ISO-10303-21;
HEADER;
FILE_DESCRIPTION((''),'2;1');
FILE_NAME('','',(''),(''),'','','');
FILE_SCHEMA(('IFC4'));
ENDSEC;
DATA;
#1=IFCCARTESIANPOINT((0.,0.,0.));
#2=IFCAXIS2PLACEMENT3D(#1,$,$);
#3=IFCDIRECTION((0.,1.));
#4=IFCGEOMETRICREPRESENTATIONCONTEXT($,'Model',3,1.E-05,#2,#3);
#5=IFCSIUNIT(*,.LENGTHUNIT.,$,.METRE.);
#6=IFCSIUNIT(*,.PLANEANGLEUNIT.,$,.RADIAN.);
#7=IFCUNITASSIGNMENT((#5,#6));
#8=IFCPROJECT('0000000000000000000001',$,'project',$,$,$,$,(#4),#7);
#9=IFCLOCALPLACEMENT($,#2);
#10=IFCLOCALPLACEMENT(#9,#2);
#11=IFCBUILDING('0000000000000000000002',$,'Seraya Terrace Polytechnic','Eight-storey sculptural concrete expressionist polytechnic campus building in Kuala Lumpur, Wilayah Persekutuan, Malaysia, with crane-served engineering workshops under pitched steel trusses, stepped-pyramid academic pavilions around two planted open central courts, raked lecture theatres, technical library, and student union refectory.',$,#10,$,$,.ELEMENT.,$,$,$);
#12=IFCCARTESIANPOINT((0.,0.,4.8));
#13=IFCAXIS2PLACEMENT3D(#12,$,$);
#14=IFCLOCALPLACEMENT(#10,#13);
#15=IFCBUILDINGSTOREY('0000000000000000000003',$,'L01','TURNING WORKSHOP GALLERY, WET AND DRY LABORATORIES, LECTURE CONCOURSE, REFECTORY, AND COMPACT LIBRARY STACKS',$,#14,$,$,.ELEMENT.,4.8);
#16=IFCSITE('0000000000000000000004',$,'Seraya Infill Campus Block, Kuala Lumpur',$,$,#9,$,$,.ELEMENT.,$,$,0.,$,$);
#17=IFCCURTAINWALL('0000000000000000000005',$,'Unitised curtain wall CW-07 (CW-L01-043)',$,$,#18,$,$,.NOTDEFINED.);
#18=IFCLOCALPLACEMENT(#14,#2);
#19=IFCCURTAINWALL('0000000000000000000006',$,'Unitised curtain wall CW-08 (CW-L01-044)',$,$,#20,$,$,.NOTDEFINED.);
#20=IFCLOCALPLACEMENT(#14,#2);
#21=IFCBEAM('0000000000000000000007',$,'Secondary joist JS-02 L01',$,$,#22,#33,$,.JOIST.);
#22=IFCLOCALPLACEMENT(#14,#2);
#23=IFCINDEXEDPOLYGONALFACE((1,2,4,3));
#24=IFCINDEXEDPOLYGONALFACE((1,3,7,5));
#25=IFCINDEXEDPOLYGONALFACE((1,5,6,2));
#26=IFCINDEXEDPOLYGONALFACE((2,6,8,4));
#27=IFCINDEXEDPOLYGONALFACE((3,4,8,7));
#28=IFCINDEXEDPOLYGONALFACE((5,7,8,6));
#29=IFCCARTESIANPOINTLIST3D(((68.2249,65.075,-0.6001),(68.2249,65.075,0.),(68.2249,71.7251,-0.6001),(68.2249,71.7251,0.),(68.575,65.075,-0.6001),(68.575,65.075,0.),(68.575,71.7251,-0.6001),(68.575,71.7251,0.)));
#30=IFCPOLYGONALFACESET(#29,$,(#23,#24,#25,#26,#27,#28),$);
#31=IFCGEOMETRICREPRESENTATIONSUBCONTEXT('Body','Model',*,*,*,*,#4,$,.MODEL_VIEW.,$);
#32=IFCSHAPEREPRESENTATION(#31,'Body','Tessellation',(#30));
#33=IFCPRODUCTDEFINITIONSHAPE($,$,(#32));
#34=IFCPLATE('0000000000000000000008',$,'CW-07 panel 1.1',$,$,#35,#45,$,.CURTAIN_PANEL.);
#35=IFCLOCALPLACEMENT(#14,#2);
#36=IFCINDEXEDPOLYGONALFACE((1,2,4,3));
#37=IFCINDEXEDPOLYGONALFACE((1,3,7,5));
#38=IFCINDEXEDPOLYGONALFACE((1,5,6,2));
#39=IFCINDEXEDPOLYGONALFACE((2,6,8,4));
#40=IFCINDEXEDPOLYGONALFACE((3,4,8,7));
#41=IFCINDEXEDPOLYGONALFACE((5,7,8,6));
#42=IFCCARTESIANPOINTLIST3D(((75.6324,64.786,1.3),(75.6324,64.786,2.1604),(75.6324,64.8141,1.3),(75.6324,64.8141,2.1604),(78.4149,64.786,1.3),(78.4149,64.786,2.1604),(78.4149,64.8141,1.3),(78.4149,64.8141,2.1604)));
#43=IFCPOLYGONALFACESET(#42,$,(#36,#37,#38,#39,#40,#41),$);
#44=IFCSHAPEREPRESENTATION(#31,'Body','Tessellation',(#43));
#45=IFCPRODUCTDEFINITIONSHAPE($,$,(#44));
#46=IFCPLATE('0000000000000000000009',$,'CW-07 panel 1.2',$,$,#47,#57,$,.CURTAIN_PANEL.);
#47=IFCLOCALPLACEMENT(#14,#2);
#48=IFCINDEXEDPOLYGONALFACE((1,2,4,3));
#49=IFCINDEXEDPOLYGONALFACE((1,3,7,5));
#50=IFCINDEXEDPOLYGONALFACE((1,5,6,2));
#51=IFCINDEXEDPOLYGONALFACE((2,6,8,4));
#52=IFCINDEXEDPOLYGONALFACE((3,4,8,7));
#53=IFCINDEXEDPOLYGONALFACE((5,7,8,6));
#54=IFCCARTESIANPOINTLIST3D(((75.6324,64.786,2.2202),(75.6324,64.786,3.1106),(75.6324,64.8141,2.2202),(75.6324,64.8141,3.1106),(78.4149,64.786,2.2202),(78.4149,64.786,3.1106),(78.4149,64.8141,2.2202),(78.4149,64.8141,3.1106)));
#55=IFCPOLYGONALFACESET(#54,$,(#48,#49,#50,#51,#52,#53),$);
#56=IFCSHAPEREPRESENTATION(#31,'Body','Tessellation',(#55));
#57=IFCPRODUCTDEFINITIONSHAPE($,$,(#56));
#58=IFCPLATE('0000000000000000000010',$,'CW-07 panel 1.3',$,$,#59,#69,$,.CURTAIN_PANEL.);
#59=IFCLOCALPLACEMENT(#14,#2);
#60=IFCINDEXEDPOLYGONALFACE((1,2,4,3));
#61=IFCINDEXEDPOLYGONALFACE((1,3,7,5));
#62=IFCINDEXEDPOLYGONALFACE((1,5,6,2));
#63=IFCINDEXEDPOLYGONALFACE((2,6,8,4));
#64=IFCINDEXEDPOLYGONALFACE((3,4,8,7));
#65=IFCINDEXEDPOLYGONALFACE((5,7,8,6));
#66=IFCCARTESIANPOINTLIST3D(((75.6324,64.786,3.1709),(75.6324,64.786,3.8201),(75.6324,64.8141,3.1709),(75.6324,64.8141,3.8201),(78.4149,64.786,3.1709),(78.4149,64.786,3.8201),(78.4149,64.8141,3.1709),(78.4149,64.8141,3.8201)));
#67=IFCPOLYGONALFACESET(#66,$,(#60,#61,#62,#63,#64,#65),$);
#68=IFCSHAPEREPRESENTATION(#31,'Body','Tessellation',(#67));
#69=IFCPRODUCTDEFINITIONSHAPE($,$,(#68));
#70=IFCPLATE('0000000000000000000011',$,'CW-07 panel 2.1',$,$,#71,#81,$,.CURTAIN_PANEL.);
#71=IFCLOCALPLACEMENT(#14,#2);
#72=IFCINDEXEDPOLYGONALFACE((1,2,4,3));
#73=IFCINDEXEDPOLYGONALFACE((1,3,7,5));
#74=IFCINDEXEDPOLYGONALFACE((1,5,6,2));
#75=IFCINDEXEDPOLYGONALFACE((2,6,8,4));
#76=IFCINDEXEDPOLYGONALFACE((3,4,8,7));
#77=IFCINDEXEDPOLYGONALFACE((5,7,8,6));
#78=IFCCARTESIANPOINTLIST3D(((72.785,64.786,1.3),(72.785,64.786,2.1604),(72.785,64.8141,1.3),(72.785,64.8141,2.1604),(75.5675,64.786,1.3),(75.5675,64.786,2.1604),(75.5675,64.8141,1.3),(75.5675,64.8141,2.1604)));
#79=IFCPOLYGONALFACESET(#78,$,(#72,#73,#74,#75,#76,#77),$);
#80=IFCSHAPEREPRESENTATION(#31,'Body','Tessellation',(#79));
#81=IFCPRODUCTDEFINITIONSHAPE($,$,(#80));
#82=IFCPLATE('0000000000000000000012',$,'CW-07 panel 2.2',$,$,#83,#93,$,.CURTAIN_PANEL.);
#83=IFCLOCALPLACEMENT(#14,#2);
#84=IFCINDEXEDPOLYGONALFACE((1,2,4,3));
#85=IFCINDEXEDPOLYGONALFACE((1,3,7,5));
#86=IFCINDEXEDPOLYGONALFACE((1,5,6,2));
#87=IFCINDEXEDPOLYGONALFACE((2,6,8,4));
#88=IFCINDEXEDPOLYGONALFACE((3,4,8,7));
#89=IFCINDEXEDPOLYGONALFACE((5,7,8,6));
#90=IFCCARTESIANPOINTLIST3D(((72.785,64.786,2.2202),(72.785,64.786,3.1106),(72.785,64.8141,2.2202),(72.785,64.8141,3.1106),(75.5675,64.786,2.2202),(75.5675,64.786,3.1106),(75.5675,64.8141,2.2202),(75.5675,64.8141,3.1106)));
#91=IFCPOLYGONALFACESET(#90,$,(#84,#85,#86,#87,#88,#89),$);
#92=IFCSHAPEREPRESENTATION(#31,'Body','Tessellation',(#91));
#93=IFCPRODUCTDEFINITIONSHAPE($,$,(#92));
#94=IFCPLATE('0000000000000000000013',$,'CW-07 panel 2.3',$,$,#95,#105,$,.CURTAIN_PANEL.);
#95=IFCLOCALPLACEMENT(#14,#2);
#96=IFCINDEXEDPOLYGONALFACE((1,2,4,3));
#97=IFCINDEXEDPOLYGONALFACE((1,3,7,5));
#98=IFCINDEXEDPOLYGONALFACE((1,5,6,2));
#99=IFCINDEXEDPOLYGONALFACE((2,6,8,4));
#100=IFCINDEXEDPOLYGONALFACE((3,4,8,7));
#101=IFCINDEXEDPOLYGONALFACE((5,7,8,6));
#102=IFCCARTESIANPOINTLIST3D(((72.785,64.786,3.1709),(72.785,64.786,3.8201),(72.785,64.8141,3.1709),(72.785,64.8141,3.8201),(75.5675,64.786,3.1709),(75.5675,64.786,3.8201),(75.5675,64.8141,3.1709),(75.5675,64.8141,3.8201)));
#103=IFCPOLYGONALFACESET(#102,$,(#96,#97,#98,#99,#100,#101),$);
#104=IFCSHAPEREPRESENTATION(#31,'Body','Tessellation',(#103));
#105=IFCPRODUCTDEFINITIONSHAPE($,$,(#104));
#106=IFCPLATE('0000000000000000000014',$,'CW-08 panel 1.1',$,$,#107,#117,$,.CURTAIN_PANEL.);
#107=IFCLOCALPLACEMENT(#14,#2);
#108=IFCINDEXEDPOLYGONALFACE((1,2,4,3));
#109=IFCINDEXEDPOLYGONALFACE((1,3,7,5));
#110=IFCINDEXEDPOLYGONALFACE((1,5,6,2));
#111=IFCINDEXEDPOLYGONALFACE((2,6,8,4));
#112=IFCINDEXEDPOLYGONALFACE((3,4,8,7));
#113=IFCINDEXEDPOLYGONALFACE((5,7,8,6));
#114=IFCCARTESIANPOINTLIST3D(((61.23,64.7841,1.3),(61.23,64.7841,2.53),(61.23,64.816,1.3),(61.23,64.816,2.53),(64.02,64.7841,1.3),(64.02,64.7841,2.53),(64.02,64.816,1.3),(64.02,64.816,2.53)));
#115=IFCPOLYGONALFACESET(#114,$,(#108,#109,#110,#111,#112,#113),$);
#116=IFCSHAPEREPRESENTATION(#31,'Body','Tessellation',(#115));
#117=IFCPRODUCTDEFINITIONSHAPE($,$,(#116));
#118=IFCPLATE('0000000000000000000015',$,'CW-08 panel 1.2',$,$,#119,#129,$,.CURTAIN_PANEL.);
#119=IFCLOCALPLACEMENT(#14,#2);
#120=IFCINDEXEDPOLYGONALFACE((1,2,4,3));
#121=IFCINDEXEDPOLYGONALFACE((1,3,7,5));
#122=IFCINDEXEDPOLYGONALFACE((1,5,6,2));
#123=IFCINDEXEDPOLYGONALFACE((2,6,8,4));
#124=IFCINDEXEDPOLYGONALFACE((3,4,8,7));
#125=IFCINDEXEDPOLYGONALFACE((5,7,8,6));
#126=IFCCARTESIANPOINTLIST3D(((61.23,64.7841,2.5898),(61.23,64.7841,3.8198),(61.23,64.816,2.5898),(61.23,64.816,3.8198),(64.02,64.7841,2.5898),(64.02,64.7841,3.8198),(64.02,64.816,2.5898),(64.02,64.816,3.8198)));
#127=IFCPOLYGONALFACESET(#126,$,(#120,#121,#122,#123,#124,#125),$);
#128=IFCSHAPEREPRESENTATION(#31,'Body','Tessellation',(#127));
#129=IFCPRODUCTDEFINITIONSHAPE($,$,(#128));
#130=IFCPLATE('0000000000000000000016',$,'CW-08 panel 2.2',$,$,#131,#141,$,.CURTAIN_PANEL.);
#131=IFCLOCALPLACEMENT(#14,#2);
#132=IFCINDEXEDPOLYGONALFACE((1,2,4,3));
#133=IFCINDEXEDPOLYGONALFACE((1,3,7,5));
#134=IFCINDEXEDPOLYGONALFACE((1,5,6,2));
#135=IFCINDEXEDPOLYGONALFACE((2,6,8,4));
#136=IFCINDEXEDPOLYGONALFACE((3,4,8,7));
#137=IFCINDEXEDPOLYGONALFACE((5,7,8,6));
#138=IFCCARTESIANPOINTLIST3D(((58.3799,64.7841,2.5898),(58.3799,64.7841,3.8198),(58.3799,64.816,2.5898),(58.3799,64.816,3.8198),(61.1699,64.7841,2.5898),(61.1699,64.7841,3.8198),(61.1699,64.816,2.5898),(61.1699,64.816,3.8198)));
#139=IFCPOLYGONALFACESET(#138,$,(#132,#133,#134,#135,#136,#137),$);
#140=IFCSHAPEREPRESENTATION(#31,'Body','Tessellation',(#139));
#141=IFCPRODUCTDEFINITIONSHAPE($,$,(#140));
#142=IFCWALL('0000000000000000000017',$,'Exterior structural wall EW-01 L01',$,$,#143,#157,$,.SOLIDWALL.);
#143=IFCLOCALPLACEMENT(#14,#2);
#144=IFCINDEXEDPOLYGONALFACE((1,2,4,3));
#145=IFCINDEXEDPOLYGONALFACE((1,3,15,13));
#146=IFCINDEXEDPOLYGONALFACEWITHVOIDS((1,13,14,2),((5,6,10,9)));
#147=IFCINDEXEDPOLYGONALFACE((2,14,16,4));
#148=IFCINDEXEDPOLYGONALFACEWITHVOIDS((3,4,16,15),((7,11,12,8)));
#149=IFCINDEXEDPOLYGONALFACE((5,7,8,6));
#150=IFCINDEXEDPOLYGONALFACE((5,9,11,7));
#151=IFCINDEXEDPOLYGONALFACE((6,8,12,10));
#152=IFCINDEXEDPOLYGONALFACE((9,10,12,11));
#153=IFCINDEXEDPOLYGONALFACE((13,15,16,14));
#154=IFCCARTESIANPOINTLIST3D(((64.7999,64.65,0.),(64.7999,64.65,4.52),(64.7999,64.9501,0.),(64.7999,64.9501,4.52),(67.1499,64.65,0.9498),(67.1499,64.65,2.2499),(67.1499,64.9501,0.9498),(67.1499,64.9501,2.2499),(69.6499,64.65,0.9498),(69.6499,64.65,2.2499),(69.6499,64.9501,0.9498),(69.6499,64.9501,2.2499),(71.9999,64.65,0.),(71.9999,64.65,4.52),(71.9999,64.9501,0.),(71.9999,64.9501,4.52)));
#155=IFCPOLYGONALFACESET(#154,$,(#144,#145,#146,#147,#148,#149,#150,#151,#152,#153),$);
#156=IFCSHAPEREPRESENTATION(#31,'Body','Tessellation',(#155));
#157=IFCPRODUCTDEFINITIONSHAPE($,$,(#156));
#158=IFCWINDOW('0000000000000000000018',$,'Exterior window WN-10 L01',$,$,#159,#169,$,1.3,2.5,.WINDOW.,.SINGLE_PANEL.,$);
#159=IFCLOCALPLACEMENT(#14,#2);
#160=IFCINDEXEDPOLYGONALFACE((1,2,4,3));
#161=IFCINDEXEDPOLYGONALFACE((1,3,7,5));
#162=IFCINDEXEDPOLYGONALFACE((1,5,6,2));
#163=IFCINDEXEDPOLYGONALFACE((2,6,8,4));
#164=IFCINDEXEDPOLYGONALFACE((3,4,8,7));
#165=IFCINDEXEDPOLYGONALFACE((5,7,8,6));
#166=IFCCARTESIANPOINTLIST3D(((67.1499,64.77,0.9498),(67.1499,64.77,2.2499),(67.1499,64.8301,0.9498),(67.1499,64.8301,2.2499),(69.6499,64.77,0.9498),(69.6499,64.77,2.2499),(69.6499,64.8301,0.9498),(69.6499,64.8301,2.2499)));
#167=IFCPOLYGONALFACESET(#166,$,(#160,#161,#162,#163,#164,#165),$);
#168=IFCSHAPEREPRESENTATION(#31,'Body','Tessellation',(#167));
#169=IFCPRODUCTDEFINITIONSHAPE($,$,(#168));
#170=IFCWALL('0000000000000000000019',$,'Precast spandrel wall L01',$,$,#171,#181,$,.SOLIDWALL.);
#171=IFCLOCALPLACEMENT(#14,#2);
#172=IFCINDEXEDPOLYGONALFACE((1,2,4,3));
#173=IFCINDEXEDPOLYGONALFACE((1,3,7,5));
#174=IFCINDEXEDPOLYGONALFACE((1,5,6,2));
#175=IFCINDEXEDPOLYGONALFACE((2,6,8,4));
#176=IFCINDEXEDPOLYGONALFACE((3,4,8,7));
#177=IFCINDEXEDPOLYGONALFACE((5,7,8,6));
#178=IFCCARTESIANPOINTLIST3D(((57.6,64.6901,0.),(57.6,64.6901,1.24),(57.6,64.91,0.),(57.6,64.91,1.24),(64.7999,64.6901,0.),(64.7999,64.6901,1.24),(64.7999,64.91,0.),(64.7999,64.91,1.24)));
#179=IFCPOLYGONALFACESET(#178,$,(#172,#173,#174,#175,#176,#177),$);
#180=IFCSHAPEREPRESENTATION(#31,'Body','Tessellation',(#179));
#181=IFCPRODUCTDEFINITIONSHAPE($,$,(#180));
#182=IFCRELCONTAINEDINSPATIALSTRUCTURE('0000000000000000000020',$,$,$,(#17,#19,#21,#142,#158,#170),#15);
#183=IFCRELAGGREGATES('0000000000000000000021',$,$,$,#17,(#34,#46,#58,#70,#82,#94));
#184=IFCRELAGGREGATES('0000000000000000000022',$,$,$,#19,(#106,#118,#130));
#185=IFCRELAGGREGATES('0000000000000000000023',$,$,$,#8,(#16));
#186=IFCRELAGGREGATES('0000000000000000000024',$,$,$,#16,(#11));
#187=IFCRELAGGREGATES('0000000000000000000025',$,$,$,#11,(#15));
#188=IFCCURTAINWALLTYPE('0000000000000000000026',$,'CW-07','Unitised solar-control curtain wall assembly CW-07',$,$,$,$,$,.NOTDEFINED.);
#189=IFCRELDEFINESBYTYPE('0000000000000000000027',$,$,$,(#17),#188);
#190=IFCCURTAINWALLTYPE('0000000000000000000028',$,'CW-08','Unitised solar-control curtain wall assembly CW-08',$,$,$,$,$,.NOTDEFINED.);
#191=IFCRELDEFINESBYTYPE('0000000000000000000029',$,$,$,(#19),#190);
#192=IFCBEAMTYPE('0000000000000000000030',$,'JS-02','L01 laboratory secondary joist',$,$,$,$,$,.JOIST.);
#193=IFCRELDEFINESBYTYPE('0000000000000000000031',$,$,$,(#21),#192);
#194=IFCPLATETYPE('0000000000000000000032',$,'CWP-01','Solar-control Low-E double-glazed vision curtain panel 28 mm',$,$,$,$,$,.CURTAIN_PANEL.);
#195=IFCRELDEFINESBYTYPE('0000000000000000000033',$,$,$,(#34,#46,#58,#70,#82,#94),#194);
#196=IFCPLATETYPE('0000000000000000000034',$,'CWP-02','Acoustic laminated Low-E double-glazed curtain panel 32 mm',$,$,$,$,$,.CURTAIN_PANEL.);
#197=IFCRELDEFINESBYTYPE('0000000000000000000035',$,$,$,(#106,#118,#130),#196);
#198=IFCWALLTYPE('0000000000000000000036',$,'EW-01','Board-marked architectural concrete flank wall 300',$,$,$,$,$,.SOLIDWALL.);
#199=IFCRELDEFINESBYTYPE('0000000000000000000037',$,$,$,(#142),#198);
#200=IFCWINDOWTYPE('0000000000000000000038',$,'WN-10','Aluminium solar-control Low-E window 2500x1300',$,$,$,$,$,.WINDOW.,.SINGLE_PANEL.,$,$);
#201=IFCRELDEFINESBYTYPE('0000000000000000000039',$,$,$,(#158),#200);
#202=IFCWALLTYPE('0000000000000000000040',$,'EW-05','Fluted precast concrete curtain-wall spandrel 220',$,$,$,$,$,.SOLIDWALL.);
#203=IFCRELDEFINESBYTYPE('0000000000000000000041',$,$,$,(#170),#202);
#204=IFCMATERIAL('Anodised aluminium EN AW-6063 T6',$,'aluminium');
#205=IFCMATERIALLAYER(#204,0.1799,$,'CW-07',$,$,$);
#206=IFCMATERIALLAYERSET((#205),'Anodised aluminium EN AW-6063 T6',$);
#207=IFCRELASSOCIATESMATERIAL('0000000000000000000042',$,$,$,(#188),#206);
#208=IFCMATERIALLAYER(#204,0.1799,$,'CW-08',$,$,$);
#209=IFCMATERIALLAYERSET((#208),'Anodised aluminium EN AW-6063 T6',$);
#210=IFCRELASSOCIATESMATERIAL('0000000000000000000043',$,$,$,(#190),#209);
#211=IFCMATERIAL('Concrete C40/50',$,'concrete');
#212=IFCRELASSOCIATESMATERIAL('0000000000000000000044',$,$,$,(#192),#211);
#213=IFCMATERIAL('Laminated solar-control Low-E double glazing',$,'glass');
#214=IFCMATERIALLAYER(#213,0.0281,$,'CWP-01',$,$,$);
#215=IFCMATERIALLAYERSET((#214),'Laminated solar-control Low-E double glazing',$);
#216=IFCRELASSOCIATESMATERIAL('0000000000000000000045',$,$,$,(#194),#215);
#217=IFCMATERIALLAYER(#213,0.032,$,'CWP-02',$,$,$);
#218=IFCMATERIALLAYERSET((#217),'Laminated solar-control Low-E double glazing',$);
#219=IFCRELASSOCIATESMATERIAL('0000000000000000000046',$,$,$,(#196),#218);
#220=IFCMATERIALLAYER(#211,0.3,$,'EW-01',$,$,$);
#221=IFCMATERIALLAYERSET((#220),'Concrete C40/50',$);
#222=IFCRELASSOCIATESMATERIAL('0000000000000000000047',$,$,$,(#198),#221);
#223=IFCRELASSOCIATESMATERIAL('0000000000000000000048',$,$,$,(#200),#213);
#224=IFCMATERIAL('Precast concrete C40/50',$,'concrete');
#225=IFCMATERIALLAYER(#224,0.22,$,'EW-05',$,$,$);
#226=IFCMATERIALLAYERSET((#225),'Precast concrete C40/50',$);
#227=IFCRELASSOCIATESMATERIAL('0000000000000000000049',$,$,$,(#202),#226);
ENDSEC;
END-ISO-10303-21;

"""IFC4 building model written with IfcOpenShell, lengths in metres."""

from ifc_helpers import new_model, si_unit, direction, frame, frame_2d, origin, origin_2d, place, context, subcontext, project, spatial, rectangle, extrude, material, layer, layer_set, material_profile, profile_set, type_object, element, fill, aggregate, save


model = new_model("IFC4")

# Units and contexts
model_context = context("Model", 3, precision=1e-05, world=origin(), true_north=direction((0.0, 1.0)))
body_context = subcontext(model_context, "Body", "Model", "MODEL_VIEW")
ifc_project = project(units=[si_unit("LENGTHUNIT", "METRE"), si_unit("PLANEANGLEUNIT", "RADIAN")], contexts=[model_context])

# Site, building, storey
site_placement = place(None, origin())
site = spatial("IfcSite", under=ifc_project, at=site_placement, Name="Seraya Infill Campus Block, Kuala Lumpur", CompositionType="ELEMENT", RefElevation=0.0)
building_placement = place(site_placement, origin())
building = spatial("IfcBuilding", under=site, at=building_placement, Name="Seraya Terrace Polytechnic", Description="Eight-storey sculptural concrete expressionist polytechnic campus building in Kuala Lumpur, Wilayah Persekutuan, Malaysia, with crane-served engineering workshops under pitched steel trusses, stepped-pyramid academic pavilions around two planted open central courts, raked lecture theatres, technical library, and student union refectory.", CompositionType="ELEMENT")
storey_placement = place(building_placement, frame((0.0, 0.0, 4.8)))
storey = spatial("IfcBuildingStorey", under=building, at=storey_placement, Name="L01", Description="TURNING WORKSHOP GALLERY, WET AND DRY LABORATORIES, LECTURE CONCOURSE, REFECTORY, AND COMPACT LIBRARY STACKS", CompositionType="ELEMENT", Elevation=4.8)

# Shared definitions
ifc_material_1 = material(Name="Concrete C40/50", Category="concrete")

# Curtain walls
ifc_material_2 = material(Name="Anodised aluminium EN AW-6063 T6", Category="aluminium")
ifc_layer_1 = layer(ifc_material_2, 0.1799, Name="CW-07")
ifc_layer_set_1 = layer_set([ifc_layer_1], Name="Anodised aluminium EN AW-6063 T6")
curtain_wall_type_1 = type_object("IfcCurtainWallType", Name="CW-07", Description="Unitised solar-control curtain wall assembly CW-07", PredefinedType="NOTDEFINED", material=ifc_layer_set_1)
curtain_wall_1_placement = place(storey_placement, origin())
curtain_wall_1 = element("IfcCurtainWall", 1, at=curtain_wall_1_placement, inside=storey, type_object=curtain_wall_type_1, Name="Unitised curtain wall CW-07 (CW-L01-043)", PredefinedType="NOTDEFINED")
ifc_layer_2 = layer(ifc_material_2, 0.1799, Name="CW-08")
ifc_layer_set_2 = layer_set([ifc_layer_2], Name="Anodised aluminium EN AW-6063 T6")
curtain_wall_type_2 = type_object("IfcCurtainWallType", Name="CW-08", Description="Unitised solar-control curtain wall assembly CW-08", PredefinedType="NOTDEFINED", material=ifc_layer_set_2)
curtain_wall_2_placement = place(storey_placement, origin())
curtain_wall_2 = element("IfcCurtainWall", 2, at=curtain_wall_2_placement, inside=storey, type_object=curtain_wall_type_2, Name="Unitised curtain wall CW-08 (CW-L01-044)", PredefinedType="NOTDEFINED")

# Beam
ifc_material_profile_1 = material_profile(ifc_material_1, rectangle(XDim=0.3501, YDim=0.6001, at=origin_2d()), Name="RC 350x600")
ifc_profile_set_1 = profile_set([ifc_material_profile_1], Name="Concrete C40/50")
beam_type_1 = type_object("IfcBeamType", Name="JS-02", Description="L01 laboratory secondary joist", PredefinedType="JOIST", material=ifc_profile_set_1)
beam_placement = place(storey_placement, frame((68.3999, 65.075, -0.3), z_axis=(0.0, 1.0, 0.0), x_axis=(-1.0, 0.0, 0.0)))
element("IfcBeam", 3, at=beam_placement, inside=storey, type_object=beam_type_1, Name="Secondary joist JS-02 L01", PredefinedType="JOIST", context=body_context, shape_type="SweptSolid", body=[
    extrude(rectangle(XDim=0.3501, YDim=0.6001, at=origin_2d()), origin(), (0.0, 0.0, 1.0), 6.6501),
])

# Plates
ifc_material_3 = material(Name="Laminated solar-control Low-E double glazing", Category="glass")
ifc_layer_3 = layer(ifc_material_3, 0.0281, Name="CWP-01")
ifc_layer_set_3 = layer_set([ifc_layer_3], Name="Laminated solar-control Low-E double glazing")
plate_type_1 = type_object("IfcPlateType", Name="CWP-01", Description="Solar-control Low-E double-glazed vision curtain panel 28 mm", PredefinedType="CURTAIN_PANEL", material=ifc_layer_set_3)
plate_1_placement = place(storey_placement, frame((77.0237, 64.8, 1.3), z_axis=(0.0, 0.0, 1.0), x_axis=(-1.0, 0.0, 0.0)))
plate_1 = element("IfcPlate", 4, at=plate_1_placement, type_object=plate_type_1, Name="CW-07 panel 1.1", PredefinedType="CURTAIN_PANEL", context=body_context, shape_type="SweptSolid", body=[
    extrude(rectangle(XDim=2.7825, YDim=0.0281, at=origin_2d()), origin(), (0.0, 0.0, 1.0), 0.8604),
])
plate_2_placement = place(storey_placement, frame((77.0237, 64.8, 2.2202), z_axis=(0.0, 0.0, 1.0), x_axis=(-1.0, 0.0, 0.0)))
plate_2 = element("IfcPlate", 5, at=plate_2_placement, type_object=plate_type_1, Name="CW-07 panel 1.2", PredefinedType="CURTAIN_PANEL", context=body_context, shape_type="SweptSolid", body=[
    extrude(rectangle(XDim=2.7825, YDim=0.0281, at=origin_2d()), origin(), (0.0, 0.0, 1.0), 0.8904),
])
plate_3_placement = place(storey_placement, frame((77.0237, 64.8, 3.1709), z_axis=(0.0, 0.0, 1.0), x_axis=(-1.0, 0.0, 0.0)))
plate_3 = element("IfcPlate", 6, at=plate_3_placement, type_object=plate_type_1, Name="CW-07 panel 1.3", PredefinedType="CURTAIN_PANEL", context=body_context, shape_type="SweptSolid", body=[
    extrude(rectangle(XDim=2.7825, YDim=0.0281, at=origin_2d()), origin(), (0.0, 0.0, 1.0), 0.6492),
])
plate_4_placement = place(storey_placement, frame((74.1763, 64.8, 1.3), z_axis=(0.0, 0.0, 1.0), x_axis=(-1.0, 0.0, 0.0)))
plate_4 = element("IfcPlate", 7, at=plate_4_placement, type_object=plate_type_1, Name="CW-07 panel 2.1", PredefinedType="CURTAIN_PANEL", context=body_context, shape_type="SweptSolid", body=[
    extrude(rectangle(XDim=2.7825, YDim=0.0281, at=origin_2d()), origin(), (0.0, 0.0, 1.0), 0.8604),
])
plate_5_placement = place(storey_placement, frame((74.1763, 64.8, 2.2202), z_axis=(0.0, 0.0, 1.0), x_axis=(-1.0, 0.0, 0.0)))
plate_5 = element("IfcPlate", 8, at=plate_5_placement, type_object=plate_type_1, Name="CW-07 panel 2.2", PredefinedType="CURTAIN_PANEL", context=body_context, shape_type="SweptSolid", body=[
    extrude(rectangle(XDim=2.7825, YDim=0.0281, at=origin_2d()), origin(), (0.0, 0.0, 1.0), 0.8904),
])
plate_6_placement = place(storey_placement, frame((74.1763, 64.8, 3.1709), z_axis=(0.0, 0.0, 1.0), x_axis=(-1.0, 0.0, 0.0)))
plate_6 = element("IfcPlate", 9, at=plate_6_placement, type_object=plate_type_1, Name="CW-07 panel 2.3", PredefinedType="CURTAIN_PANEL", context=body_context, shape_type="SweptSolid", body=[
    extrude(rectangle(XDim=2.7825, YDim=0.0281, at=origin_2d()), origin(), (0.0, 0.0, 1.0), 0.6492),
])
aggregate(curtain_wall_1, [plate_1, plate_2, plate_3, plate_4, plate_5, plate_6])
ifc_layer_4 = layer(ifc_material_3, 0.032, Name="CWP-02")
ifc_layer_set_4 = layer_set([ifc_layer_4], Name="Laminated solar-control Low-E double glazing")
plate_type_2 = type_object("IfcPlateType", Name="CWP-02", Description="Acoustic laminated Low-E double-glazed curtain panel 32 mm", PredefinedType="CURTAIN_PANEL", material=ifc_layer_set_4)
plate_7_placement = place(storey_placement, frame((62.625, 64.8, 1.3), z_axis=(0.0, 0.0, 1.0), x_axis=(-1.0, 0.0, 0.0)))
plate_7 = element("IfcPlate", 10, at=plate_7_placement, type_object=plate_type_2, Name="CW-08 panel 1.1", PredefinedType="CURTAIN_PANEL", context=body_context, shape_type="SweptSolid", body=[
    extrude(rectangle(XDim=2.79, YDim=0.032, at=origin_2d()), origin(), (0.0, 0.0, 1.0), 1.23),
])
plate_8_placement = place(storey_placement, frame((62.625, 64.8, 2.5898), z_axis=(0.0, 0.0, 1.0), x_axis=(-1.0, 0.0, 0.0)))
plate_8 = element("IfcPlate", 11, at=plate_8_placement, type_object=plate_type_2, Name="CW-08 panel 1.2", PredefinedType="CURTAIN_PANEL", context=body_context, shape_type="SweptSolid", body=[
    extrude(rectangle(XDim=2.79, YDim=0.032, at=origin_2d()), origin(), (0.0, 0.0, 1.0), 1.23),
])
plate_9_placement = place(storey_placement, frame((59.7749, 64.8, 2.5898), z_axis=(0.0, 0.0, 1.0), x_axis=(-1.0, 0.0, 0.0)))
plate_9 = element("IfcPlate", 12, at=plate_9_placement, type_object=plate_type_2, Name="CW-08 panel 2.2", PredefinedType="CURTAIN_PANEL", context=body_context, shape_type="SweptSolid", body=[
    extrude(rectangle(XDim=2.79, YDim=0.032, at=origin_2d()), origin(), (0.0, 0.0, 1.0), 1.23),
])
aggregate(curtain_wall_2, [plate_7, plate_8, plate_9])

# Wall, opening, window
ifc_layer_5 = layer(ifc_material_1, 0.3, Name="EW-01")
ifc_layer_set_5 = layer_set([ifc_layer_5], Name="Concrete C40/50")
wall_type_1 = type_object("IfcWallType", Name="EW-01", Description="Board-marked architectural concrete flank wall 300", PredefinedType="SOLIDWALL", material=ifc_layer_set_5)
wall_1_placement = place(storey_placement, frame((72.0, 64.8, 0.0), z_axis=(0.0, 0.0, 1.0), x_axis=(-1.0, 0.0, 0.0)))
wall_1 = element("IfcWall", 13, at=wall_1_placement, inside=storey, type_object=wall_type_1, Name="Exterior structural wall EW-01 L01", PredefinedType="SOLIDWALL", context=body_context, shape_type="SweptSolid", body=[
    extrude(rectangle(XDim=7.2, YDim=0.3, at=frame_2d((3.6001, 0.0))), origin(), (0.0, 0.0, 1.0), 4.52),
])
opening_placement = place(wall_1_placement, frame((2.3501, 0.0, 0.95)))
opening = element("IfcOpeningElement", 14, at=opening_placement, cuts=wall_1, PredefinedType="OPENING", context=body_context, shape_type="SweptSolid", body=[
    extrude(rectangle(XDim=2.5, YDim=1.3, at=frame_2d((1.25, 0.6499))), frame((0.0, 0.1621, 0.0), z_axis=(0.0, -1.0, 0.0), x_axis=(1.0, 0.0, 0.0)), (0.0, 0.0, 1.0), 0.324),
])
window_type = type_object("IfcWindowType", Name="WN-10", Description="Aluminium solar-control Low-E window 2500x1300", PartitioningType="SINGLE_PANEL", PredefinedType="WINDOW", material=ifc_material_3)
window_placement = place(opening_placement, origin())
window = element("IfcWindow", 15, at=window_placement, inside=storey, type_object=window_type, Name="Exterior window WN-10 L01", OverallHeight=1.3, OverallWidth=2.5, PartitioningType="SINGLE_PANEL", PredefinedType="WINDOW", context=body_context, shape_type="SweptSolid", body=[
    extrude(rectangle(XDim=2.5, YDim=1.3, at=frame_2d((1.25, 0.6499))), frame((0.0, 0.03, 0.0), z_axis=(0.0, -1.0, 0.0), x_axis=(1.0, 0.0, 0.0)), (0.0, 0.0, 1.0), 0.0601),
])
fill(opening, window)

# Wall
ifc_material_4 = material(Name="Precast concrete C40/50", Category="concrete")
ifc_layer_6 = layer(ifc_material_4, 0.22, Name="EW-05")
ifc_layer_set_6 = layer_set([ifc_layer_6], Name="Precast concrete C40/50")
wall_type_2 = type_object("IfcWallType", Name="EW-05", Description="Fluted precast concrete curtain-wall spandrel 220", PredefinedType="SOLIDWALL", material=ifc_layer_set_6)
wall_2_placement = place(storey_placement, frame((64.8, 64.8, 0.0), z_axis=(0.0, 0.0, 1.0), x_axis=(-1.0, 0.0, 0.0)))
element("IfcWall", 16, at=wall_2_placement, inside=storey, type_object=wall_type_2, Name="Precast spandrel wall L01", PredefinedType="SOLIDWALL", context=body_context, shape_type="SweptSolid", body=[
    extrude(rectangle(XDim=7.2, YDim=0.22, at=frame_2d((3.6001, 0.0))), origin(), (0.0, 0.0, 1.0), 1.24),
])

save(model, "model.ifc")
